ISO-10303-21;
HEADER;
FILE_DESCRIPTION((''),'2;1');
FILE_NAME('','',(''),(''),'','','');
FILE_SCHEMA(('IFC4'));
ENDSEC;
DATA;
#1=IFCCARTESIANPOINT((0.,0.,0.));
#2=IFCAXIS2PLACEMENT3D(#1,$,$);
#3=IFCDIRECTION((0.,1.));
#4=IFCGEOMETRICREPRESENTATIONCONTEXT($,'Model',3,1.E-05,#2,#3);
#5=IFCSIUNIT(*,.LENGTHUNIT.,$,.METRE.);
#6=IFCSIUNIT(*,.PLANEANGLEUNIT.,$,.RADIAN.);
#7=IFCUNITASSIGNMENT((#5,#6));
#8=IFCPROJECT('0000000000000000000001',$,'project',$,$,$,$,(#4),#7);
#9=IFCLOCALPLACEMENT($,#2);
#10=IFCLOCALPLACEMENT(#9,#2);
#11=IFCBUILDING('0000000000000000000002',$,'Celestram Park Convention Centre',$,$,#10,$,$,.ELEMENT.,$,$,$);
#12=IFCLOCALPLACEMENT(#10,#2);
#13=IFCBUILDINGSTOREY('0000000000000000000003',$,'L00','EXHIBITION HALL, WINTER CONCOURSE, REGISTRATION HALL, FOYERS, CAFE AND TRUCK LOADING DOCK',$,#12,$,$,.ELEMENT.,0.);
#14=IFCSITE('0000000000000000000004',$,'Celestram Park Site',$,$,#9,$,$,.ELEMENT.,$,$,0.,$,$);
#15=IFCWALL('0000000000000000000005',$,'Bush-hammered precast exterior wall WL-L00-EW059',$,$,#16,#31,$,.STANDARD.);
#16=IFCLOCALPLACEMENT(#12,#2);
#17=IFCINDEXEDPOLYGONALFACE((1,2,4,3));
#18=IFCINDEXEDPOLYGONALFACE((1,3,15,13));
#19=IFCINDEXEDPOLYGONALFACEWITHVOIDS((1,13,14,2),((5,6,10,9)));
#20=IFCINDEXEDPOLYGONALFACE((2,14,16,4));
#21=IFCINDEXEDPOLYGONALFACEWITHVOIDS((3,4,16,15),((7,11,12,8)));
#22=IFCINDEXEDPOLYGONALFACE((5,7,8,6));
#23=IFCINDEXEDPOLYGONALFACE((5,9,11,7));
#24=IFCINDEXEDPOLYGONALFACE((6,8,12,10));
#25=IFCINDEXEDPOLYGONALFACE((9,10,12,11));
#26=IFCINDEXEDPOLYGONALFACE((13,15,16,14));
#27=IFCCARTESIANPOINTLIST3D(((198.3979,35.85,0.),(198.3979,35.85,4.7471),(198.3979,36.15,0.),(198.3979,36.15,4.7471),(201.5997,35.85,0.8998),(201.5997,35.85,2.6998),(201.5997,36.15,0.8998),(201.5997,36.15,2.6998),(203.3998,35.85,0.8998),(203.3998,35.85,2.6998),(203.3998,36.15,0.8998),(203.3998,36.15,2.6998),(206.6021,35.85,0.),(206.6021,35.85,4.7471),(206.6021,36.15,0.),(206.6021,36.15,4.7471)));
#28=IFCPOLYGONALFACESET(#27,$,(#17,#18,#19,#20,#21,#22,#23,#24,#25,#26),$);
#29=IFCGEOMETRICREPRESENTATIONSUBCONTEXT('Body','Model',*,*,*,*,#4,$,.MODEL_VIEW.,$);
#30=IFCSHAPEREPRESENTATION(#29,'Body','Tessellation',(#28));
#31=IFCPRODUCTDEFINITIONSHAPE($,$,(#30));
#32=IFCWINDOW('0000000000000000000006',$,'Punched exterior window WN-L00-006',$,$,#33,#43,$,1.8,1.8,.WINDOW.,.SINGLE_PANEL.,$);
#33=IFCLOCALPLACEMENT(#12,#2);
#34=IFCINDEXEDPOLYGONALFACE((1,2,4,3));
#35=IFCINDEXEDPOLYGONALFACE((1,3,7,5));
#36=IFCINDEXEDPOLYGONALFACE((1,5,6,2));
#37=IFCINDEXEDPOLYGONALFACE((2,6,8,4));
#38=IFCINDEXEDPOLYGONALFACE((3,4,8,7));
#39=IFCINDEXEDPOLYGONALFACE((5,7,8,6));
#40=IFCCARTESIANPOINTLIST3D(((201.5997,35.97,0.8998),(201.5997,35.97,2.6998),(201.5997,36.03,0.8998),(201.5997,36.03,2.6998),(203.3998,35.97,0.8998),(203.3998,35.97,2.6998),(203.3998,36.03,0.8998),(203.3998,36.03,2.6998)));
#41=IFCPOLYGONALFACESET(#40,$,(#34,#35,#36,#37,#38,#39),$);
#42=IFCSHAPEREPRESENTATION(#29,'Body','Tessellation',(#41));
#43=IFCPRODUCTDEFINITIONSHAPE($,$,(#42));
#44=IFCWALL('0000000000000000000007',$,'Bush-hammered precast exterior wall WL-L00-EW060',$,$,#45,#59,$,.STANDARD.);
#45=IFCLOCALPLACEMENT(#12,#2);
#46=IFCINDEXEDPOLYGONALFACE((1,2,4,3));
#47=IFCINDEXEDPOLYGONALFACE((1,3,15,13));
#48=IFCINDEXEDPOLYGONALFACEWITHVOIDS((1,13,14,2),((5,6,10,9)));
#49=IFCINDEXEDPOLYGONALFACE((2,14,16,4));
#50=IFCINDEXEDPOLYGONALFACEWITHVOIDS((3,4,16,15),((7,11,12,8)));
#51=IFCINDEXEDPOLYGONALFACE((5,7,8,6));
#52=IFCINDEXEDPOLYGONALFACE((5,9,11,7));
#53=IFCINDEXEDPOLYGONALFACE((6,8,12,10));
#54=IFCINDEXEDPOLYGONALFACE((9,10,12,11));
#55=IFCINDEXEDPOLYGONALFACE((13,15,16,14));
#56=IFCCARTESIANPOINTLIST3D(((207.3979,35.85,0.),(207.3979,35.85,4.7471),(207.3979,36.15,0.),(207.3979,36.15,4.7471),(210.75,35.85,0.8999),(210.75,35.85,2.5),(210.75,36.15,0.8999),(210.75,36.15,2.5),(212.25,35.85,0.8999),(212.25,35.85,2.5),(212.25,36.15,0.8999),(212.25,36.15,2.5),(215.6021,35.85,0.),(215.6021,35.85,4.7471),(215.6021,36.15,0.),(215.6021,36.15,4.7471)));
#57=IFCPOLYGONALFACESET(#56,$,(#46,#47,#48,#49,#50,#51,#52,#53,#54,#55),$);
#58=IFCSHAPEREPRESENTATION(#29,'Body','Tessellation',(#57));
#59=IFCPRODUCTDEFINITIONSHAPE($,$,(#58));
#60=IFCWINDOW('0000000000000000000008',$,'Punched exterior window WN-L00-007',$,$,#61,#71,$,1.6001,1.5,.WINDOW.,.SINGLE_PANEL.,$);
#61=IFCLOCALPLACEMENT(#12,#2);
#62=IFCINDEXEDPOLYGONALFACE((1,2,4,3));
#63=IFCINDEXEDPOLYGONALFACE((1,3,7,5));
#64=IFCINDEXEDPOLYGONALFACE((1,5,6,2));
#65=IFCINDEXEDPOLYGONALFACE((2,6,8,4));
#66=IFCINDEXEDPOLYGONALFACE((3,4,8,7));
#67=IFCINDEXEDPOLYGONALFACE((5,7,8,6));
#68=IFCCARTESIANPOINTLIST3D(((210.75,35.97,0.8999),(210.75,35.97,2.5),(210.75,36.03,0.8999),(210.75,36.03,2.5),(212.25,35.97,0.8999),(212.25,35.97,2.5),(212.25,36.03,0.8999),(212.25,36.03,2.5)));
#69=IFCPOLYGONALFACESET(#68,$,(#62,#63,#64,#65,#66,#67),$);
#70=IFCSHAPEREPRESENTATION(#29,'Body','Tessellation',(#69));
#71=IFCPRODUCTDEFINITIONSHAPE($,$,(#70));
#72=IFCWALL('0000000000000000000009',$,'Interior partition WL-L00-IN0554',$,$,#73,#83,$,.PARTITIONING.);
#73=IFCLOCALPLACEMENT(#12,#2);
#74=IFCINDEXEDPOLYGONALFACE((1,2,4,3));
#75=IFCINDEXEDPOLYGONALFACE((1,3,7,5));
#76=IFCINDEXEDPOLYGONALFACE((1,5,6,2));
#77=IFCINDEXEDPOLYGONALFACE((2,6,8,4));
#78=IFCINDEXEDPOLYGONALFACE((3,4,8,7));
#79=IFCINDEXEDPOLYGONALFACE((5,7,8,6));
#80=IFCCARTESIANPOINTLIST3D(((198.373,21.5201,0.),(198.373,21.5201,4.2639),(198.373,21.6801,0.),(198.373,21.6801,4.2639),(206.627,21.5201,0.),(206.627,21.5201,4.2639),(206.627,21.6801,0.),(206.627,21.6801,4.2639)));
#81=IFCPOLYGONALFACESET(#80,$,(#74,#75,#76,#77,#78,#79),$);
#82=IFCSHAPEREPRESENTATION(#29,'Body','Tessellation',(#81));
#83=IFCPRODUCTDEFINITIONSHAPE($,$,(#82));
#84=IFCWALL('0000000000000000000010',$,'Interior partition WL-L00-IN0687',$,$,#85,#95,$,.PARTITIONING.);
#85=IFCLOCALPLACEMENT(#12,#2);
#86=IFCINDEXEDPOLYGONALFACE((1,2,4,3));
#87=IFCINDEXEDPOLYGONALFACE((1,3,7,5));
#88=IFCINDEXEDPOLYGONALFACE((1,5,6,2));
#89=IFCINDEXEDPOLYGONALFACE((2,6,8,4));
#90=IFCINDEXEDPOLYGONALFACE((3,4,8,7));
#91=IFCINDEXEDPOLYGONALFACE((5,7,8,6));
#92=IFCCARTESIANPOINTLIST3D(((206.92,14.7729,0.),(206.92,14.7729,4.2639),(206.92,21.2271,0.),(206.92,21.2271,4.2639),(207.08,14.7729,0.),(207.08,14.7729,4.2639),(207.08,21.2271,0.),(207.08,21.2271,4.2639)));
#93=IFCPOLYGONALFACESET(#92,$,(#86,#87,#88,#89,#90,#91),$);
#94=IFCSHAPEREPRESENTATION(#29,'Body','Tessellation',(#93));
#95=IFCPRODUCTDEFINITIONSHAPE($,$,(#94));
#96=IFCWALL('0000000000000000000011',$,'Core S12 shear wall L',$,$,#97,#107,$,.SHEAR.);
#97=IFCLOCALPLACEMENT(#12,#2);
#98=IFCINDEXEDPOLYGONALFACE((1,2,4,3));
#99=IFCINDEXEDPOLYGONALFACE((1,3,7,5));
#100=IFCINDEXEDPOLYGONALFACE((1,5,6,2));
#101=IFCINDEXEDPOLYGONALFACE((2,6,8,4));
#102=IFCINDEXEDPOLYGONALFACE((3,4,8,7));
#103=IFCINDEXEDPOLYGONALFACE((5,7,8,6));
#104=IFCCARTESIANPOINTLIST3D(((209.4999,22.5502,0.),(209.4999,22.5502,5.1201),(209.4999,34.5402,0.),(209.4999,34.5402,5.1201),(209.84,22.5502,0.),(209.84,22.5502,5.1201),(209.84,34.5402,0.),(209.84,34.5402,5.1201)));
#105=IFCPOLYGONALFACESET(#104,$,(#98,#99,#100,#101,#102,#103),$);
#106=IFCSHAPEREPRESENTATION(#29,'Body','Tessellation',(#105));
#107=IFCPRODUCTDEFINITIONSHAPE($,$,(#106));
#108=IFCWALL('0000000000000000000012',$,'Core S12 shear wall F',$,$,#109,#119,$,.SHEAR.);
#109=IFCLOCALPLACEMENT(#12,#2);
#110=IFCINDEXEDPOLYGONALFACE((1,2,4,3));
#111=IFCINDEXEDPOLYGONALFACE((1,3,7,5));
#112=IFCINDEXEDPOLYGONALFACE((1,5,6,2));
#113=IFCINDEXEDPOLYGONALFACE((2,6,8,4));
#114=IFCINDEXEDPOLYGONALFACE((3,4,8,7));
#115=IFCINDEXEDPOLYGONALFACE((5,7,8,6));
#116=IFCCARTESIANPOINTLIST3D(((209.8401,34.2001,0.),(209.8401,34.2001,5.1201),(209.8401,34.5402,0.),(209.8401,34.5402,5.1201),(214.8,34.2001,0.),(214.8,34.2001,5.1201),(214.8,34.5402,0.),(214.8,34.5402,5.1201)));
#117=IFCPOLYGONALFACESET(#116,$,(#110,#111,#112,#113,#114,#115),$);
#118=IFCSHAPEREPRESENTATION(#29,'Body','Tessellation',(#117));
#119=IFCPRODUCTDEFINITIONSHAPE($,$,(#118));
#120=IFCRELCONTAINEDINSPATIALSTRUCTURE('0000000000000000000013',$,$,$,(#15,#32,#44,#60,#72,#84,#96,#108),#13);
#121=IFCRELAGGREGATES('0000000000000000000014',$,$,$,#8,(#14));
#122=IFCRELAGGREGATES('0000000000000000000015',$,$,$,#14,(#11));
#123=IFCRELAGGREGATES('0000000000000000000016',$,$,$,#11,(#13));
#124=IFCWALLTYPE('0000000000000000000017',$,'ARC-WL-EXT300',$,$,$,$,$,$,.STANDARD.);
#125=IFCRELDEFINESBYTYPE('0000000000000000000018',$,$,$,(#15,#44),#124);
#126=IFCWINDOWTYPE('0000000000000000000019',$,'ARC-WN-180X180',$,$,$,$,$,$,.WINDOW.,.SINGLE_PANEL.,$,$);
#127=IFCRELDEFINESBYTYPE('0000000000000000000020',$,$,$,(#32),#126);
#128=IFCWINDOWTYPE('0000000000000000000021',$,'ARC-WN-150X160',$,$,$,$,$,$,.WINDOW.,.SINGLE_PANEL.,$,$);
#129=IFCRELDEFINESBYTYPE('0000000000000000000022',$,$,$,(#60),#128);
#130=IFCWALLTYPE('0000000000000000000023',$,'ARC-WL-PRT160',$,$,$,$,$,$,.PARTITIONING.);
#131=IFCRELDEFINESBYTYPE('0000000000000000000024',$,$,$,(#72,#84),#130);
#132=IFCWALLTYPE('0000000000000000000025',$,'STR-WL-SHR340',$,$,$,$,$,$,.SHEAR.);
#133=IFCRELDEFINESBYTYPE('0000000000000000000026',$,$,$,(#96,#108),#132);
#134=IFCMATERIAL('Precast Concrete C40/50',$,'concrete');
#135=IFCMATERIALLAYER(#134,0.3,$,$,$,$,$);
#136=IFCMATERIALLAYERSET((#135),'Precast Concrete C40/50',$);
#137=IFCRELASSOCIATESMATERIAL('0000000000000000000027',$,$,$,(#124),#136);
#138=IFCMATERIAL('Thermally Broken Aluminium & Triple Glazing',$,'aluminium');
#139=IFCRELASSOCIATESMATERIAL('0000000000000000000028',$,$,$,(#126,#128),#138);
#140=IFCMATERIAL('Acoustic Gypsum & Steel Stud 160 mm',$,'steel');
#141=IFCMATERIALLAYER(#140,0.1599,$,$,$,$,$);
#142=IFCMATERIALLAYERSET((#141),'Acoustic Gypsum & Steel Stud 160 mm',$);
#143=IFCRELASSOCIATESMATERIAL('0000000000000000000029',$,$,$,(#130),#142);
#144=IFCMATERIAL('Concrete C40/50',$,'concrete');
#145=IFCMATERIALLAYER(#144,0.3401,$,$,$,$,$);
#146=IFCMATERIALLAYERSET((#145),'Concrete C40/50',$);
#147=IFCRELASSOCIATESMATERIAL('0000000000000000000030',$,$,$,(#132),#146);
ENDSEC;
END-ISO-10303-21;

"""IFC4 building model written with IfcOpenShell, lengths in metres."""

from ifc_helpers import new_model, si_unit, direction, frame, frame_2d, origin, place, context, subcontext, project, spatial, rectangle, extrude, material, layer, layer_set, type_object, element, fill, save


model = new_model("IFC4")

# Units and contexts
model_context = context("Model", 3, precision=1e-05, world=origin(), true_north=direction((0.0, 1.0)))
body_context = subcontext(model_context, "Body", "Model", "MODEL_VIEW")
ifc_project = project(units=[si_unit("LENGTHUNIT", "METRE"), si_unit("PLANEANGLEUNIT", "RADIAN")], contexts=[model_context])

# Site, building, storey
site_placement = place(None, origin())
site = spatial("IfcSite", under=ifc_project, at=site_placement, Name="Celestram Park Site", CompositionType="ELEMENT", RefElevation=0.0)
building_placement = place(site_placement, origin())
building = spatial("IfcBuilding", under=site, at=building_placement, Name="Celestram Park Convention Centre", CompositionType="ELEMENT")
storey_placement = place(building_placement, origin())
storey = spatial("IfcBuildingStorey", under=building, at=storey_placement, Name="L00", Description="EXHIBITION HALL, WINTER CONCOURSE, REGISTRATION HALL, FOYERS, CAFE AND TRUCK LOADING DOCK", CompositionType="ELEMENT", Elevation=0.0)

# Shared definitions
ifc_material_1 = material(Name="Concrete C40/50", Category="concrete")

# Walls, openings, windows
ifc_material_2 = material(Name="Precast Concrete C40/50", Category="concrete")
ifc_layer_1 = layer(ifc_material_2, 0.3)
ifc_layer_set_1 = layer_set([ifc_layer_1], Name="Precast Concrete C40/50")
wall_type_1 = type_object("IfcWallType", Name="ARC-WL-EXT300", PredefinedType="STANDARD", material=ifc_layer_set_1)
wall_1_placement = place(storey_placement, frame((198.3979, 36.0, 0.0), z_axis=(0.0, 0.0, 1.0), x_axis=(1.0, 0.0, 0.0)))
wall_1 = element("IfcWall", 1, at=wall_1_placement, inside=storey, type_object=wall_type_1, Name="Bush-hammered precast exterior wall WL-L00-EW059", PredefinedType="STANDARD", context=body_context, shape_type="SweptSolid", body=[
    extrude(rectangle(XDim=8.2041, YDim=0.3, at=frame_2d((4.1021, 0.0))), origin(), (0.0, 0.0, 1.0), 4.7471),
])
opening_1_placement = place(wall_1_placement, frame((3.2019, 0.0, 0.8999)))
opening_1 = element("IfcOpeningElement", 2, at=opening_1_placement, cuts=wall_1, PredefinedType="OPENING", context=body_context, shape_type="SweptSolid", body=[
    extrude(rectangle(XDim=1.8, YDim=1.8, at=frame_2d((0.8999, 0.8999))), frame((0.0, 0.1599, 0.0), z_axis=(0.0, -1.0, 0.0), x_axis=(1.0, 0.0, 0.0)), (0.0, 0.0, 1.0), 0.3201),
])
ifc_material_3 = material(Name="Thermally Broken Aluminium & Triple Glazing", Category="aluminium")
window_type_1 = type_object("IfcWindowType", Name="ARC-WN-180X180", PartitioningType="SINGLE_PANEL", PredefinedType="WINDOW", material=ifc_material_3)
window_1_placement = place(opening_1_placement, origin())
window_1 = element("IfcWindow", 3, at=window_1_placement, inside=storey, type_object=window_type_1, Name="Punched exterior window WN-L00-006", OverallHeight=1.8, OverallWidth=1.8, PartitioningType="SINGLE_PANEL", PredefinedType="WINDOW", context=body_context, shape_type="SweptSolid", body=[
    extrude(rectangle(XDim=1.8, YDim=1.8, at=frame_2d((0.8999, 0.8999))), frame((0.0, 0.03, 0.0), z_axis=(0.0, -1.0, 0.0), x_axis=(1.0, 0.0, 0.0)), (0.0, 0.0, 1.0), 0.0601),
])
fill(opening_1, window_1)
wall_2_placement = place(storey_placement, frame((207.3979, 36.0, 0.0), z_axis=(0.0, 0.0, 1.0), x_axis=(1.0, 0.0, 0.0)))
wall_2 = element("IfcWall", 4, at=wall_2_placement, inside=storey, type_object=wall_type_1, Name="Bush-hammered precast exterior wall WL-L00-EW060", PredefinedType="STANDARD", context=body_context, shape_type="SweptSolid", body=[
    extrude(rectangle(XDim=8.2041, YDim=0.3, at=frame_2d((4.1021, 0.0))), origin(), (0.0, 0.0, 1.0), 4.7471),
])
opening_2_placement = place(wall_2_placement, frame((3.3521, 0.0, 0.8999)))
opening_2 = element("IfcOpeningElement", 5, at=opening_2_placement, cuts=wall_2, PredefinedType="OPENING", context=body_context, shape_type="SweptSolid", body=[
    extrude(rectangle(XDim=1.5, YDim=1.6001, at=frame_2d((0.75, 0.8))), frame((0.0, 0.1599, 0.0), z_axis=(0.0, -1.0, 0.0), x_axis=(1.0, 0.0, 0.0)), (0.0, 0.0, 1.0), 0.3201),
])
window_type_2 = type_object("IfcWindowType", Name="ARC-WN-150X160", PartitioningType="SINGLE_PANEL", PredefinedType="WINDOW", material=ifc_material_3)
window_2_placement = place(opening_2_placement, origin())
window_2 = element("IfcWindow", 6, at=window_2_placement, inside=storey, type_object=window_type_2, Name="Punched exterior window WN-L00-007", OverallHeight=1.6001, OverallWidth=1.5, PartitioningType="SINGLE_PANEL", PredefinedType="WINDOW", context=body_context, shape_type="SweptSolid", body=[
    extrude(rectangle(XDim=1.5, YDim=1.6001, at=frame_2d((0.75, 0.8))), frame((0.0, 0.03, 0.0), z_axis=(0.0, -1.0, 0.0), x_axis=(1.0, 0.0, 0.0)), (0.0, 0.0, 1.0), 0.0601),
])
fill(opening_2, window_2)

# Walls
ifc_material_4 = material(Name="Acoustic Gypsum & Steel Stud 160 mm", Category="steel")
ifc_layer_2 = layer(ifc_material_4, 0.1599)
ifc_layer_set_2 = layer_set([ifc_layer_2], Name="Acoustic Gypsum & Steel Stud 160 mm")
wall_type_2 = type_object("IfcWallType", Name="ARC-WL-PRT160", PredefinedType="PARTITIONING", material=ifc_layer_set_2)
wall_3_placement = place(storey_placement, frame((198.373, 21.6001, 0.0), z_axis=(0.0, 0.0, 1.0), x_axis=(1.0, 0.0, 0.0)))
element("IfcWall", 7, at=wall_3_placement, inside=storey, type_object=wall_type_2, Name="Interior partition WL-L00-IN0554", PredefinedType="PARTITIONING", context=body_context, shape_type="SweptSolid", body=[
    extrude(rectangle(XDim=8.2539, YDim=0.1599, at=frame_2d((4.127, 0.0))), origin(), (0.0, 0.0, 1.0), 4.2639),
])
wall_4_placement = place(storey_placement, frame((207.0, 14.7729, 0.0), z_axis=(0.0, 0.0, 1.0), x_axis=(0.0, 1.0, 0.0)))
element("IfcWall", 8, at=wall_4_placement, inside=storey, type_object=wall_type_2, Name="Interior partition WL-L00-IN0687", PredefinedType="PARTITIONING", context=body_context, shape_type="SweptSolid", body=[
    extrude(rectangle(XDim=6.4541, YDim=0.1599, at=frame_2d((3.2271, 0.0))), origin(), (0.0, 0.0, 1.0), 4.2639),
])
ifc_layer_3 = layer(ifc_material_1, 0.3401)
ifc_layer_set_3 = layer_set([ifc_layer_3], Name="Concrete C40/50")
wall_type_3 = type_object("IfcWallType", Name="STR-WL-SHR340", PredefinedType="SHEAR", material=ifc_layer_set_3)
wall_5_placement = place(storey_placement, frame((209.6699, 22.55, 0.0), z_axis=(0.0, 0.0, 1.0), x_axis=(0.0, 1.0, 0.0)))
element("IfcWall", 9, at=wall_5_placement, inside=storey, type_object=wall_type_3, Name="Core S12 shear wall L", PredefinedType="SHEAR", context=body_context, shape_type="SweptSolid", body=[
    extrude(rectangle(XDim=11.99, YDim=0.3401, at=frame_2d((5.9951, 0.0))), origin(), (0.0, 0.0, 1.0), 5.1201),
])
wall_6_placement = place(storey_placement, frame((209.8401, 34.3701, 0.0), z_axis=(0.0, 0.0, 1.0), x_axis=(1.0, 0.0, 0.0)))
element("IfcWall", 10, at=wall_6_placement, inside=storey, type_object=wall_type_3, Name="Core S12 shear wall F", PredefinedType="SHEAR", context=body_context, shape_type="SweptSolid", body=[
    extrude(rectangle(XDim=4.96, YDim=0.3401, at=frame_2d((2.48, 0.0))), origin(), (0.0, 0.0, 1.0), 5.1201),
])

save(model, "model.ifc")
